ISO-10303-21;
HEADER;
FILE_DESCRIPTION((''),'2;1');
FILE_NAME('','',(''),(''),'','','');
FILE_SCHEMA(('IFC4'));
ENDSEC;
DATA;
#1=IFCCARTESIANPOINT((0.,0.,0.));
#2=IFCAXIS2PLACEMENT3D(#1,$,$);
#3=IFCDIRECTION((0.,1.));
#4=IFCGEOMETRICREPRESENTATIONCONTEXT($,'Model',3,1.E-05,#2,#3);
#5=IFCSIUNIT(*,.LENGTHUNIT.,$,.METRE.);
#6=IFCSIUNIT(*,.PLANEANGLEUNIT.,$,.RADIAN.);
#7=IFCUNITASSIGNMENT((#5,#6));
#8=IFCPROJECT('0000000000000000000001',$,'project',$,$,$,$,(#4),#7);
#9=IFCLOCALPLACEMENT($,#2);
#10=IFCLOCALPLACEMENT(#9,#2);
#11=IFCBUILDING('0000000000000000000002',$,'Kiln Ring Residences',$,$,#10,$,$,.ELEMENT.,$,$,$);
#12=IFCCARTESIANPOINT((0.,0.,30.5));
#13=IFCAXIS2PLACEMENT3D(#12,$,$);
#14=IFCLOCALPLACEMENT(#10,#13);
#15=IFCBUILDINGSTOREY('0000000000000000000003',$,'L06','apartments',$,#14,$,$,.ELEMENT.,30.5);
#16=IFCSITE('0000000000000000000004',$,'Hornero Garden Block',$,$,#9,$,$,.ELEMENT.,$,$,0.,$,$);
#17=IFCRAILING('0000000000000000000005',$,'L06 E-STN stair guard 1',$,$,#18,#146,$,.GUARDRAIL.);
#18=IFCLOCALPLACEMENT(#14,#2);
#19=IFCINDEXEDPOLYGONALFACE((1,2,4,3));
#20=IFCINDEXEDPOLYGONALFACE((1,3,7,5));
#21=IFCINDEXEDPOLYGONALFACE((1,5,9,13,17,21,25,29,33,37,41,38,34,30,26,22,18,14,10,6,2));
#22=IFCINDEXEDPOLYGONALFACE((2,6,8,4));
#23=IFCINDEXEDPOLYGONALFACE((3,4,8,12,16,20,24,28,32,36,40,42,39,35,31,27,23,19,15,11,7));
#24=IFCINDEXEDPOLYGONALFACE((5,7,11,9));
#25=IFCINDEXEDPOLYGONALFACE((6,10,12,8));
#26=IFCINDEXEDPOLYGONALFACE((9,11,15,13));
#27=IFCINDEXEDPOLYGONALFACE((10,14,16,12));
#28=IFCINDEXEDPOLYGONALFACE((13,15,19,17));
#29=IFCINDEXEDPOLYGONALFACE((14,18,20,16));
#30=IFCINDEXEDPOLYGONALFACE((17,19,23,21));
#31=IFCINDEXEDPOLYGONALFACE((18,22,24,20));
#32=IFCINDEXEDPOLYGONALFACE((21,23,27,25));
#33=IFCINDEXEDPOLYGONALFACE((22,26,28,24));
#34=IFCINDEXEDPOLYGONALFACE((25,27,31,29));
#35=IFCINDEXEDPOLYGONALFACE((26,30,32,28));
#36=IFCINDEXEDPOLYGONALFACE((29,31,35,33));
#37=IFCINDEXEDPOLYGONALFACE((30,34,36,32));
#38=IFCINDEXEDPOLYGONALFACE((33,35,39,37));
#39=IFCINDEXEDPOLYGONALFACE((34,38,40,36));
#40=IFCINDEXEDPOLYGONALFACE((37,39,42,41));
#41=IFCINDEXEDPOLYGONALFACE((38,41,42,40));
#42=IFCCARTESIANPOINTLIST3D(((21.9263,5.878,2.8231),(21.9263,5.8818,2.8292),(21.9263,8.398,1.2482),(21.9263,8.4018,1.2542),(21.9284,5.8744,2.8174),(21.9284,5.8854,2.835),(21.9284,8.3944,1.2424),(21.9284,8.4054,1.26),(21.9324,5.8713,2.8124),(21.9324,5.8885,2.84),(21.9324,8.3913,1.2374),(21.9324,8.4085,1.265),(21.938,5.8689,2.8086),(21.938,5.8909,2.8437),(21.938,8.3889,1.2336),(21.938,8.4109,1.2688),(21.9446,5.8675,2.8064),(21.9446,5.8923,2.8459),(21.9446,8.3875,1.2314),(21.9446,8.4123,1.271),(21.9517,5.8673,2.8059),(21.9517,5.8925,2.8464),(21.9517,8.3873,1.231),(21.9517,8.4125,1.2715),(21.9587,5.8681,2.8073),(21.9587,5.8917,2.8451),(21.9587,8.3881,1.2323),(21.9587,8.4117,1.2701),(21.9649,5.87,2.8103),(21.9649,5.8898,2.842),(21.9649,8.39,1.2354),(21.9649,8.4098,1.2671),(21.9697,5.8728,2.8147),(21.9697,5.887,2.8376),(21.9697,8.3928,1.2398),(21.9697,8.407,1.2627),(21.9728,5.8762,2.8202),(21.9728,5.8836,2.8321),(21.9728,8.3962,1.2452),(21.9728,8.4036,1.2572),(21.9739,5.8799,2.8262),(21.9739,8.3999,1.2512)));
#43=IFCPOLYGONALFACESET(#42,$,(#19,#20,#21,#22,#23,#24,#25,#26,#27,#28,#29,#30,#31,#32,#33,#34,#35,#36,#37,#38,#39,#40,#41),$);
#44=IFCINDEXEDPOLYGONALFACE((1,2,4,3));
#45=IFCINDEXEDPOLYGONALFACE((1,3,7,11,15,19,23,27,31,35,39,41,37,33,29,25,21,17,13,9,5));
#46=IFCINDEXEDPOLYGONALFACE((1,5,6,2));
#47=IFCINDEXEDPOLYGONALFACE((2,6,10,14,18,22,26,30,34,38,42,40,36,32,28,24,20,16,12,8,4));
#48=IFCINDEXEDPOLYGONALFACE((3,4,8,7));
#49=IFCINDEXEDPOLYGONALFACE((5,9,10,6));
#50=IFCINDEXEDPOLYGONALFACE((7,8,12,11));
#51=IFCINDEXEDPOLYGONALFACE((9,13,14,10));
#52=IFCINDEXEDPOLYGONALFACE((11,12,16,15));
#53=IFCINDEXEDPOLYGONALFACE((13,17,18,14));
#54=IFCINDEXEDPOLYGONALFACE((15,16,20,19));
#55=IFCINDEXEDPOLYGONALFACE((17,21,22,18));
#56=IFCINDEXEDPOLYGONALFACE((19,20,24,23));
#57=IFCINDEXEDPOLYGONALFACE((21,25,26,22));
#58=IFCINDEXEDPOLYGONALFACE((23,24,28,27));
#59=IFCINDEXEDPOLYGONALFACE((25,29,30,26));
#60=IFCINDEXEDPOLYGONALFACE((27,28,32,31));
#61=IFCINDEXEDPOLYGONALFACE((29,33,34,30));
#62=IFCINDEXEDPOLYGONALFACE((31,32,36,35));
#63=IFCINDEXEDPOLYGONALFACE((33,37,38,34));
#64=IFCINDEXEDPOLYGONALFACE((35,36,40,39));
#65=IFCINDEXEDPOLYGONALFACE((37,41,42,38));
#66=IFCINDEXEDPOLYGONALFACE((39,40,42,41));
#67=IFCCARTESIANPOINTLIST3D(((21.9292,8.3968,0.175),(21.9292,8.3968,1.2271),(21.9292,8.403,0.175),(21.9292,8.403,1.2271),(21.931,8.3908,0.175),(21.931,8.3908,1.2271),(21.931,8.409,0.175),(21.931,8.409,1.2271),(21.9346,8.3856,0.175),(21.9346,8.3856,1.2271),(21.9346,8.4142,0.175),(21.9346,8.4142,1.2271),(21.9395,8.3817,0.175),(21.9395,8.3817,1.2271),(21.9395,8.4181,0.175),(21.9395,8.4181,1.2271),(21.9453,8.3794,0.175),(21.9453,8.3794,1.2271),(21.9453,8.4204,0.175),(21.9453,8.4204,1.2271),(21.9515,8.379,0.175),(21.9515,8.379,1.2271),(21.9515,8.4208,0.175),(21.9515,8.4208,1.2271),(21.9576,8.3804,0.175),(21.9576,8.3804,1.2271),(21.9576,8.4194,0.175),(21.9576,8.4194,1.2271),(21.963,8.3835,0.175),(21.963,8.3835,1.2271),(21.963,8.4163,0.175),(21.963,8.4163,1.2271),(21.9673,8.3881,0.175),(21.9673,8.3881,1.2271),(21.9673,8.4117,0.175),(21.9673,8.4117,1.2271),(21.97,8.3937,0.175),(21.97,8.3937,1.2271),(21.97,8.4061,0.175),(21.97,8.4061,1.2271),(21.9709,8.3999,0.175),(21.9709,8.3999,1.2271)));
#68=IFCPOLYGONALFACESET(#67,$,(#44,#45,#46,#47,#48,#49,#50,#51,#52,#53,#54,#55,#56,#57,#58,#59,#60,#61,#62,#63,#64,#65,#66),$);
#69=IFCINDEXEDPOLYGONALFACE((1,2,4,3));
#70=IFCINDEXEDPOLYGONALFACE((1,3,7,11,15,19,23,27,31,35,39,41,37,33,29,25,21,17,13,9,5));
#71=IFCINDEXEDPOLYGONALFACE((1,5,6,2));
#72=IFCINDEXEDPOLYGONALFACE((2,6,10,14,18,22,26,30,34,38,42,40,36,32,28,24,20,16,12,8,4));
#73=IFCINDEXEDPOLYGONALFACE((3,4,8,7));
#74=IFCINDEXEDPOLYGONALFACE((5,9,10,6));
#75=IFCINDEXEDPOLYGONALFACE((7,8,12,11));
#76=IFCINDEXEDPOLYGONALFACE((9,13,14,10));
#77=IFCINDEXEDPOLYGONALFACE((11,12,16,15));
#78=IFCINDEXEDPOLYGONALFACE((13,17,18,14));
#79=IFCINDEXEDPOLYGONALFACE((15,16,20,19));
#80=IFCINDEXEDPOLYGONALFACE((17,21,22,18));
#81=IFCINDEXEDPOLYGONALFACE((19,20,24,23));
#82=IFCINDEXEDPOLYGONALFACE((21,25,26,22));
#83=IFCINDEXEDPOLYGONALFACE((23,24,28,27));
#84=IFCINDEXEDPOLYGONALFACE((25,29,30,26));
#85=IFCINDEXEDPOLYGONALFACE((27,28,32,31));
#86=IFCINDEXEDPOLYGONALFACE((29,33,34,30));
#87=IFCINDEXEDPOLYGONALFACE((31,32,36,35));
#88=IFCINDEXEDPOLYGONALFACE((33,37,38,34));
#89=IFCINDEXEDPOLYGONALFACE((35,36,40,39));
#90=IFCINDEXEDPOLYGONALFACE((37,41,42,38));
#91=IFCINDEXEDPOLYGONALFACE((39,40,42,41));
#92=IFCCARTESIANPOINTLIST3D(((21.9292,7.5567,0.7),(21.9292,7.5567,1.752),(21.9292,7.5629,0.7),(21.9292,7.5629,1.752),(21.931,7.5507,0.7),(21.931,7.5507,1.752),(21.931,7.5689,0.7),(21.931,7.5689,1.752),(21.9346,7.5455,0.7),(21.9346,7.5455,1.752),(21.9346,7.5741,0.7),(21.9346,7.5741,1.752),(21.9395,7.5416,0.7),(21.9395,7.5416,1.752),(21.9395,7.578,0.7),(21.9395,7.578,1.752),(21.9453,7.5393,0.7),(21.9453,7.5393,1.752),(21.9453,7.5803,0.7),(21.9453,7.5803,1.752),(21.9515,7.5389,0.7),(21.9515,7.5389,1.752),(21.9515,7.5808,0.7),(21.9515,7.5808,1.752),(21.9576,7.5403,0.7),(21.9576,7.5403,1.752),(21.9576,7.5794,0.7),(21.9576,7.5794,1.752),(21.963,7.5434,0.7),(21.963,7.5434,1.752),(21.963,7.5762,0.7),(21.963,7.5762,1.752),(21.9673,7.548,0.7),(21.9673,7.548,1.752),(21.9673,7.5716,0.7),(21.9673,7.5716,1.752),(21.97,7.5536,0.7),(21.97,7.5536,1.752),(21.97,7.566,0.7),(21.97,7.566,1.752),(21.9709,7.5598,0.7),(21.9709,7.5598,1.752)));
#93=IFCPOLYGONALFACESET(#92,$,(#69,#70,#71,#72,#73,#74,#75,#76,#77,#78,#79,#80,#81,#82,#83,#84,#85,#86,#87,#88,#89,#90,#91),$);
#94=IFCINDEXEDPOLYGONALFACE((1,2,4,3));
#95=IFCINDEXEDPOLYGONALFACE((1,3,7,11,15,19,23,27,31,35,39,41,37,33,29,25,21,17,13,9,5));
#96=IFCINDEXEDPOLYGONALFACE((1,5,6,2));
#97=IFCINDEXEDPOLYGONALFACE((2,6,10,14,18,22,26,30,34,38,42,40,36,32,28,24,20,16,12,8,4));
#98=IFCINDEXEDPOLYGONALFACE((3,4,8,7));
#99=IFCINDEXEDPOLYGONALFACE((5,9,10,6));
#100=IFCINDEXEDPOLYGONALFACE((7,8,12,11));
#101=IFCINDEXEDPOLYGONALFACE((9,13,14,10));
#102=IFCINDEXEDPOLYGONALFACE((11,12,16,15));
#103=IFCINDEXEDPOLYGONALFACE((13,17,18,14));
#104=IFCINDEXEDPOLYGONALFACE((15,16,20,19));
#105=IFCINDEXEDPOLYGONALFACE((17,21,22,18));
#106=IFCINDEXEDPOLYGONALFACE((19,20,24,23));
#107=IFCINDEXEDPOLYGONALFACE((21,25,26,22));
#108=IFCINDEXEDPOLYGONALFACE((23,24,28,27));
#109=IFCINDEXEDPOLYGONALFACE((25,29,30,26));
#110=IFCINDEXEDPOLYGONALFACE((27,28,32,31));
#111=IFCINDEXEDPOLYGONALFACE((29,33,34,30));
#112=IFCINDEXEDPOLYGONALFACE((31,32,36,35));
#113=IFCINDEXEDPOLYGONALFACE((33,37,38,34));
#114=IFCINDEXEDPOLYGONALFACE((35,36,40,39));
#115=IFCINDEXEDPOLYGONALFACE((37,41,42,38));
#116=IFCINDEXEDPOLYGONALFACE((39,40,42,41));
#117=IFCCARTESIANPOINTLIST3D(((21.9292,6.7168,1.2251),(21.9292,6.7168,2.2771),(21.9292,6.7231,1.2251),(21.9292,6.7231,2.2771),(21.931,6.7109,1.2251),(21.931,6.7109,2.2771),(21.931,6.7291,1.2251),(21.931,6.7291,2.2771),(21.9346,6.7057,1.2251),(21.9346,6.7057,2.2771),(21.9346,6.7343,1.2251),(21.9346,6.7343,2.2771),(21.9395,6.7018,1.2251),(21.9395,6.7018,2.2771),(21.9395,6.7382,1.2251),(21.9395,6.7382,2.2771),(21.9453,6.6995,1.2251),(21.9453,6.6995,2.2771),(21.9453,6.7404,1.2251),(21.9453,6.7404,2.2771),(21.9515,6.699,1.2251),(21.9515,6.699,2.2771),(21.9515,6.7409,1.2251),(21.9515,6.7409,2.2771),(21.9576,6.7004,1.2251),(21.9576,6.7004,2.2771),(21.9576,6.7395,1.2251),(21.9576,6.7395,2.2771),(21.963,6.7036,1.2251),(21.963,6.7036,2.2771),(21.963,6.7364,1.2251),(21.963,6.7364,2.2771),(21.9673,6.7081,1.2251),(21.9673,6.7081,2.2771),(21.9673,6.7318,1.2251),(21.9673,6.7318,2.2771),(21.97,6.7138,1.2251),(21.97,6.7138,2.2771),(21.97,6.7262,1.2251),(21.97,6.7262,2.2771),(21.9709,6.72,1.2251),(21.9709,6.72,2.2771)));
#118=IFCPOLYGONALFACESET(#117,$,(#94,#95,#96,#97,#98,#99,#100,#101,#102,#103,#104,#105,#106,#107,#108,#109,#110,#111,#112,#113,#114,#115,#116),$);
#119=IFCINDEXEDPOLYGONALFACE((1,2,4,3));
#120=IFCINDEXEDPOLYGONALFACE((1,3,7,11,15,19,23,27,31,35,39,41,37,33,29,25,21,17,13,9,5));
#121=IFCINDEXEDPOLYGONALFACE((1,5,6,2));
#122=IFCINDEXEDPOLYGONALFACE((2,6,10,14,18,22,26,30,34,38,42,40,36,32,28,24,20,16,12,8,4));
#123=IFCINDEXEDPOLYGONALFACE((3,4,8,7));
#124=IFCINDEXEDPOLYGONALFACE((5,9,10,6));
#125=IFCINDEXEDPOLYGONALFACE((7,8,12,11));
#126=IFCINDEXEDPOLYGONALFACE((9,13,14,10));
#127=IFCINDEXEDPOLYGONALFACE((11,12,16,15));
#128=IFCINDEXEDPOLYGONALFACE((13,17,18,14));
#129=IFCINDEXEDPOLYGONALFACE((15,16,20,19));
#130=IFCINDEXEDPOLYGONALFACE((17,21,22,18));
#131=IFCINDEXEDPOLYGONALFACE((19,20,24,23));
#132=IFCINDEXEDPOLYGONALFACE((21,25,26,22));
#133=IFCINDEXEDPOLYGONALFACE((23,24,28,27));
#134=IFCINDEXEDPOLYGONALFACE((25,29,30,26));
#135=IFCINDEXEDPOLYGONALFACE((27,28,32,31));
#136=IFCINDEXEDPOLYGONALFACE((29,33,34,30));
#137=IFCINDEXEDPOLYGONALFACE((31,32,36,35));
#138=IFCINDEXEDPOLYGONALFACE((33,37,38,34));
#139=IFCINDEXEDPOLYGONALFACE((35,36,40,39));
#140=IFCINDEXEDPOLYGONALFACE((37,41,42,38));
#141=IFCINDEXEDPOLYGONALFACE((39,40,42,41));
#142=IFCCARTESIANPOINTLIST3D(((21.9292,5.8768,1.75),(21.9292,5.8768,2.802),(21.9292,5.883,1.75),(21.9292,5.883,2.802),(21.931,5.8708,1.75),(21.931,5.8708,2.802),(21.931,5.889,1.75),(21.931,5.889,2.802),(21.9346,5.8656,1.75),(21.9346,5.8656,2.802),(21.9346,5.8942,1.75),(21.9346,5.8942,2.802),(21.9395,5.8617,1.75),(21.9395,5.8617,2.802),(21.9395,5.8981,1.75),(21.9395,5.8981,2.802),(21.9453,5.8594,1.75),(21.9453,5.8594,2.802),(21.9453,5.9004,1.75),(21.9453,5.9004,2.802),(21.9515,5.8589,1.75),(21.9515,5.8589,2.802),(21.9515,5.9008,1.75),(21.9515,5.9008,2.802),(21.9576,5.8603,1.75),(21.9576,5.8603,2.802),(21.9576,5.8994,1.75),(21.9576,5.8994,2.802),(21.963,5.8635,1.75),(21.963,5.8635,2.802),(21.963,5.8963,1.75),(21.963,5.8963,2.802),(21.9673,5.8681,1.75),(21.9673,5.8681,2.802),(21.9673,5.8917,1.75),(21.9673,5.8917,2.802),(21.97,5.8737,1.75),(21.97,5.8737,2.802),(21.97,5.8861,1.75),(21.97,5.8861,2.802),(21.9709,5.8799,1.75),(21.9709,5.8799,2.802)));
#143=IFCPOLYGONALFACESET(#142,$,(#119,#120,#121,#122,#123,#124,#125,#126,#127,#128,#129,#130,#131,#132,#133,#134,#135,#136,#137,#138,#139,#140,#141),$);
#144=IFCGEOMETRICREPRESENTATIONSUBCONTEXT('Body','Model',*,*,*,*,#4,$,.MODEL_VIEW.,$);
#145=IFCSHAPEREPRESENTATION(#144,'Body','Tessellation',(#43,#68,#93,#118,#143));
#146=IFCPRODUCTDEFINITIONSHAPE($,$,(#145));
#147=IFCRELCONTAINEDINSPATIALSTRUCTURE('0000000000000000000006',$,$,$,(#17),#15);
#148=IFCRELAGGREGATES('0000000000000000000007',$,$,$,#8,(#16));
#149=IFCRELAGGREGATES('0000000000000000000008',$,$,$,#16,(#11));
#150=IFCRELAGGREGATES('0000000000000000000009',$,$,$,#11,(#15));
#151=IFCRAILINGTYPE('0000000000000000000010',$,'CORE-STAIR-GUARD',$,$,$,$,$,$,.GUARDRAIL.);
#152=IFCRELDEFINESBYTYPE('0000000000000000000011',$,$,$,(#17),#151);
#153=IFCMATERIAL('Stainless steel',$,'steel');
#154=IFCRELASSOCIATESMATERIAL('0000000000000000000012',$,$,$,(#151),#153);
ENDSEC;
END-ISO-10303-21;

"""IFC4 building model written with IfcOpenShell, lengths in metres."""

from ifc_helpers import new_model, si_unit, direction, frame, origin, origin_2d, place, context, subcontext, project, spatial, circle, extrude, material, type_object, element, save


model = new_model("IFC4")

# Units and contexts
model_context = context("Model", 3, precision=1e-05, world=origin(), true_north=direction((0.0, 1.0)))
body_context = subcontext(model_context, "Body", "Model", "MODEL_VIEW")
ifc_project = project(units=[si_unit("LENGTHUNIT", "METRE"), si_unit("PLANEANGLEUNIT", "RADIAN")], contexts=[model_context])

# Site, building, storey
site_placement = place(None, origin())
site = spatial("IfcSite", under=ifc_project, at=site_placement, Name="Hornero Garden Block", CompositionType="ELEMENT", RefElevation=0.0)
building_placement = place(site_placement, origin())
building = spatial("IfcBuilding", under=site, at=building_placement, Name="Kiln Ring Residences", CompositionType="ELEMENT")
storey_placement = place(building_placement, frame((0.0, 0.0, 30.5)))
storey = spatial("IfcBuildingStorey", under=building, at=storey_placement, Name="L06", Description="apartments", CompositionType="ELEMENT", Elevation=30.5)

# Railing
ifc_material_1 = material(Name="Stainless steel", Category="steel")
railing_type_1 = type_object("IfcRailingType", Name="CORE-STAIR-GUARD", PredefinedType="GUARDRAIL", material=ifc_material_1)
railing_1_placement = place(storey_placement, frame((21.95, 8.3999, 0.175)))
element("IfcRailing", 1, at=railing_1_placement, inside=storey, type_object=railing_type_1, Name="L06 E-STN stair guard 1", PredefinedType="GUARDRAIL", context=body_context, shape_type="SweptSolid", body=[
    extrude(circle(Radius=0.0239, at=origin_2d()), frame((0.0, 0.0, 1.0762), z_axis=(0.0, -0.848008, 0.529984), x_axis=(1.0, 0.0, 0.0)), (0.0, 0.0, 1.0), 2.9717),
    extrude(circle(Radius=0.021, at=origin_2d()), origin(), (0.0, 0.0, 1.0), 1.052),
    extrude(circle(Radius=0.021, at=origin_2d()), frame((0.0, -0.8401, 0.5249)), (0.0, 0.0, 1.0), 1.052),
    extrude(circle(Radius=0.021, at=origin_2d()), frame((0.0, -1.6799, 1.05)), (0.0, 0.0, 1.0), 1.052),
    extrude(circle(Radius=0.021, at=origin_2d()), frame((0.0, -2.52, 1.575)), (0.0, 0.0, 1.0), 1.052),
])

save(model, "model.ifc")
